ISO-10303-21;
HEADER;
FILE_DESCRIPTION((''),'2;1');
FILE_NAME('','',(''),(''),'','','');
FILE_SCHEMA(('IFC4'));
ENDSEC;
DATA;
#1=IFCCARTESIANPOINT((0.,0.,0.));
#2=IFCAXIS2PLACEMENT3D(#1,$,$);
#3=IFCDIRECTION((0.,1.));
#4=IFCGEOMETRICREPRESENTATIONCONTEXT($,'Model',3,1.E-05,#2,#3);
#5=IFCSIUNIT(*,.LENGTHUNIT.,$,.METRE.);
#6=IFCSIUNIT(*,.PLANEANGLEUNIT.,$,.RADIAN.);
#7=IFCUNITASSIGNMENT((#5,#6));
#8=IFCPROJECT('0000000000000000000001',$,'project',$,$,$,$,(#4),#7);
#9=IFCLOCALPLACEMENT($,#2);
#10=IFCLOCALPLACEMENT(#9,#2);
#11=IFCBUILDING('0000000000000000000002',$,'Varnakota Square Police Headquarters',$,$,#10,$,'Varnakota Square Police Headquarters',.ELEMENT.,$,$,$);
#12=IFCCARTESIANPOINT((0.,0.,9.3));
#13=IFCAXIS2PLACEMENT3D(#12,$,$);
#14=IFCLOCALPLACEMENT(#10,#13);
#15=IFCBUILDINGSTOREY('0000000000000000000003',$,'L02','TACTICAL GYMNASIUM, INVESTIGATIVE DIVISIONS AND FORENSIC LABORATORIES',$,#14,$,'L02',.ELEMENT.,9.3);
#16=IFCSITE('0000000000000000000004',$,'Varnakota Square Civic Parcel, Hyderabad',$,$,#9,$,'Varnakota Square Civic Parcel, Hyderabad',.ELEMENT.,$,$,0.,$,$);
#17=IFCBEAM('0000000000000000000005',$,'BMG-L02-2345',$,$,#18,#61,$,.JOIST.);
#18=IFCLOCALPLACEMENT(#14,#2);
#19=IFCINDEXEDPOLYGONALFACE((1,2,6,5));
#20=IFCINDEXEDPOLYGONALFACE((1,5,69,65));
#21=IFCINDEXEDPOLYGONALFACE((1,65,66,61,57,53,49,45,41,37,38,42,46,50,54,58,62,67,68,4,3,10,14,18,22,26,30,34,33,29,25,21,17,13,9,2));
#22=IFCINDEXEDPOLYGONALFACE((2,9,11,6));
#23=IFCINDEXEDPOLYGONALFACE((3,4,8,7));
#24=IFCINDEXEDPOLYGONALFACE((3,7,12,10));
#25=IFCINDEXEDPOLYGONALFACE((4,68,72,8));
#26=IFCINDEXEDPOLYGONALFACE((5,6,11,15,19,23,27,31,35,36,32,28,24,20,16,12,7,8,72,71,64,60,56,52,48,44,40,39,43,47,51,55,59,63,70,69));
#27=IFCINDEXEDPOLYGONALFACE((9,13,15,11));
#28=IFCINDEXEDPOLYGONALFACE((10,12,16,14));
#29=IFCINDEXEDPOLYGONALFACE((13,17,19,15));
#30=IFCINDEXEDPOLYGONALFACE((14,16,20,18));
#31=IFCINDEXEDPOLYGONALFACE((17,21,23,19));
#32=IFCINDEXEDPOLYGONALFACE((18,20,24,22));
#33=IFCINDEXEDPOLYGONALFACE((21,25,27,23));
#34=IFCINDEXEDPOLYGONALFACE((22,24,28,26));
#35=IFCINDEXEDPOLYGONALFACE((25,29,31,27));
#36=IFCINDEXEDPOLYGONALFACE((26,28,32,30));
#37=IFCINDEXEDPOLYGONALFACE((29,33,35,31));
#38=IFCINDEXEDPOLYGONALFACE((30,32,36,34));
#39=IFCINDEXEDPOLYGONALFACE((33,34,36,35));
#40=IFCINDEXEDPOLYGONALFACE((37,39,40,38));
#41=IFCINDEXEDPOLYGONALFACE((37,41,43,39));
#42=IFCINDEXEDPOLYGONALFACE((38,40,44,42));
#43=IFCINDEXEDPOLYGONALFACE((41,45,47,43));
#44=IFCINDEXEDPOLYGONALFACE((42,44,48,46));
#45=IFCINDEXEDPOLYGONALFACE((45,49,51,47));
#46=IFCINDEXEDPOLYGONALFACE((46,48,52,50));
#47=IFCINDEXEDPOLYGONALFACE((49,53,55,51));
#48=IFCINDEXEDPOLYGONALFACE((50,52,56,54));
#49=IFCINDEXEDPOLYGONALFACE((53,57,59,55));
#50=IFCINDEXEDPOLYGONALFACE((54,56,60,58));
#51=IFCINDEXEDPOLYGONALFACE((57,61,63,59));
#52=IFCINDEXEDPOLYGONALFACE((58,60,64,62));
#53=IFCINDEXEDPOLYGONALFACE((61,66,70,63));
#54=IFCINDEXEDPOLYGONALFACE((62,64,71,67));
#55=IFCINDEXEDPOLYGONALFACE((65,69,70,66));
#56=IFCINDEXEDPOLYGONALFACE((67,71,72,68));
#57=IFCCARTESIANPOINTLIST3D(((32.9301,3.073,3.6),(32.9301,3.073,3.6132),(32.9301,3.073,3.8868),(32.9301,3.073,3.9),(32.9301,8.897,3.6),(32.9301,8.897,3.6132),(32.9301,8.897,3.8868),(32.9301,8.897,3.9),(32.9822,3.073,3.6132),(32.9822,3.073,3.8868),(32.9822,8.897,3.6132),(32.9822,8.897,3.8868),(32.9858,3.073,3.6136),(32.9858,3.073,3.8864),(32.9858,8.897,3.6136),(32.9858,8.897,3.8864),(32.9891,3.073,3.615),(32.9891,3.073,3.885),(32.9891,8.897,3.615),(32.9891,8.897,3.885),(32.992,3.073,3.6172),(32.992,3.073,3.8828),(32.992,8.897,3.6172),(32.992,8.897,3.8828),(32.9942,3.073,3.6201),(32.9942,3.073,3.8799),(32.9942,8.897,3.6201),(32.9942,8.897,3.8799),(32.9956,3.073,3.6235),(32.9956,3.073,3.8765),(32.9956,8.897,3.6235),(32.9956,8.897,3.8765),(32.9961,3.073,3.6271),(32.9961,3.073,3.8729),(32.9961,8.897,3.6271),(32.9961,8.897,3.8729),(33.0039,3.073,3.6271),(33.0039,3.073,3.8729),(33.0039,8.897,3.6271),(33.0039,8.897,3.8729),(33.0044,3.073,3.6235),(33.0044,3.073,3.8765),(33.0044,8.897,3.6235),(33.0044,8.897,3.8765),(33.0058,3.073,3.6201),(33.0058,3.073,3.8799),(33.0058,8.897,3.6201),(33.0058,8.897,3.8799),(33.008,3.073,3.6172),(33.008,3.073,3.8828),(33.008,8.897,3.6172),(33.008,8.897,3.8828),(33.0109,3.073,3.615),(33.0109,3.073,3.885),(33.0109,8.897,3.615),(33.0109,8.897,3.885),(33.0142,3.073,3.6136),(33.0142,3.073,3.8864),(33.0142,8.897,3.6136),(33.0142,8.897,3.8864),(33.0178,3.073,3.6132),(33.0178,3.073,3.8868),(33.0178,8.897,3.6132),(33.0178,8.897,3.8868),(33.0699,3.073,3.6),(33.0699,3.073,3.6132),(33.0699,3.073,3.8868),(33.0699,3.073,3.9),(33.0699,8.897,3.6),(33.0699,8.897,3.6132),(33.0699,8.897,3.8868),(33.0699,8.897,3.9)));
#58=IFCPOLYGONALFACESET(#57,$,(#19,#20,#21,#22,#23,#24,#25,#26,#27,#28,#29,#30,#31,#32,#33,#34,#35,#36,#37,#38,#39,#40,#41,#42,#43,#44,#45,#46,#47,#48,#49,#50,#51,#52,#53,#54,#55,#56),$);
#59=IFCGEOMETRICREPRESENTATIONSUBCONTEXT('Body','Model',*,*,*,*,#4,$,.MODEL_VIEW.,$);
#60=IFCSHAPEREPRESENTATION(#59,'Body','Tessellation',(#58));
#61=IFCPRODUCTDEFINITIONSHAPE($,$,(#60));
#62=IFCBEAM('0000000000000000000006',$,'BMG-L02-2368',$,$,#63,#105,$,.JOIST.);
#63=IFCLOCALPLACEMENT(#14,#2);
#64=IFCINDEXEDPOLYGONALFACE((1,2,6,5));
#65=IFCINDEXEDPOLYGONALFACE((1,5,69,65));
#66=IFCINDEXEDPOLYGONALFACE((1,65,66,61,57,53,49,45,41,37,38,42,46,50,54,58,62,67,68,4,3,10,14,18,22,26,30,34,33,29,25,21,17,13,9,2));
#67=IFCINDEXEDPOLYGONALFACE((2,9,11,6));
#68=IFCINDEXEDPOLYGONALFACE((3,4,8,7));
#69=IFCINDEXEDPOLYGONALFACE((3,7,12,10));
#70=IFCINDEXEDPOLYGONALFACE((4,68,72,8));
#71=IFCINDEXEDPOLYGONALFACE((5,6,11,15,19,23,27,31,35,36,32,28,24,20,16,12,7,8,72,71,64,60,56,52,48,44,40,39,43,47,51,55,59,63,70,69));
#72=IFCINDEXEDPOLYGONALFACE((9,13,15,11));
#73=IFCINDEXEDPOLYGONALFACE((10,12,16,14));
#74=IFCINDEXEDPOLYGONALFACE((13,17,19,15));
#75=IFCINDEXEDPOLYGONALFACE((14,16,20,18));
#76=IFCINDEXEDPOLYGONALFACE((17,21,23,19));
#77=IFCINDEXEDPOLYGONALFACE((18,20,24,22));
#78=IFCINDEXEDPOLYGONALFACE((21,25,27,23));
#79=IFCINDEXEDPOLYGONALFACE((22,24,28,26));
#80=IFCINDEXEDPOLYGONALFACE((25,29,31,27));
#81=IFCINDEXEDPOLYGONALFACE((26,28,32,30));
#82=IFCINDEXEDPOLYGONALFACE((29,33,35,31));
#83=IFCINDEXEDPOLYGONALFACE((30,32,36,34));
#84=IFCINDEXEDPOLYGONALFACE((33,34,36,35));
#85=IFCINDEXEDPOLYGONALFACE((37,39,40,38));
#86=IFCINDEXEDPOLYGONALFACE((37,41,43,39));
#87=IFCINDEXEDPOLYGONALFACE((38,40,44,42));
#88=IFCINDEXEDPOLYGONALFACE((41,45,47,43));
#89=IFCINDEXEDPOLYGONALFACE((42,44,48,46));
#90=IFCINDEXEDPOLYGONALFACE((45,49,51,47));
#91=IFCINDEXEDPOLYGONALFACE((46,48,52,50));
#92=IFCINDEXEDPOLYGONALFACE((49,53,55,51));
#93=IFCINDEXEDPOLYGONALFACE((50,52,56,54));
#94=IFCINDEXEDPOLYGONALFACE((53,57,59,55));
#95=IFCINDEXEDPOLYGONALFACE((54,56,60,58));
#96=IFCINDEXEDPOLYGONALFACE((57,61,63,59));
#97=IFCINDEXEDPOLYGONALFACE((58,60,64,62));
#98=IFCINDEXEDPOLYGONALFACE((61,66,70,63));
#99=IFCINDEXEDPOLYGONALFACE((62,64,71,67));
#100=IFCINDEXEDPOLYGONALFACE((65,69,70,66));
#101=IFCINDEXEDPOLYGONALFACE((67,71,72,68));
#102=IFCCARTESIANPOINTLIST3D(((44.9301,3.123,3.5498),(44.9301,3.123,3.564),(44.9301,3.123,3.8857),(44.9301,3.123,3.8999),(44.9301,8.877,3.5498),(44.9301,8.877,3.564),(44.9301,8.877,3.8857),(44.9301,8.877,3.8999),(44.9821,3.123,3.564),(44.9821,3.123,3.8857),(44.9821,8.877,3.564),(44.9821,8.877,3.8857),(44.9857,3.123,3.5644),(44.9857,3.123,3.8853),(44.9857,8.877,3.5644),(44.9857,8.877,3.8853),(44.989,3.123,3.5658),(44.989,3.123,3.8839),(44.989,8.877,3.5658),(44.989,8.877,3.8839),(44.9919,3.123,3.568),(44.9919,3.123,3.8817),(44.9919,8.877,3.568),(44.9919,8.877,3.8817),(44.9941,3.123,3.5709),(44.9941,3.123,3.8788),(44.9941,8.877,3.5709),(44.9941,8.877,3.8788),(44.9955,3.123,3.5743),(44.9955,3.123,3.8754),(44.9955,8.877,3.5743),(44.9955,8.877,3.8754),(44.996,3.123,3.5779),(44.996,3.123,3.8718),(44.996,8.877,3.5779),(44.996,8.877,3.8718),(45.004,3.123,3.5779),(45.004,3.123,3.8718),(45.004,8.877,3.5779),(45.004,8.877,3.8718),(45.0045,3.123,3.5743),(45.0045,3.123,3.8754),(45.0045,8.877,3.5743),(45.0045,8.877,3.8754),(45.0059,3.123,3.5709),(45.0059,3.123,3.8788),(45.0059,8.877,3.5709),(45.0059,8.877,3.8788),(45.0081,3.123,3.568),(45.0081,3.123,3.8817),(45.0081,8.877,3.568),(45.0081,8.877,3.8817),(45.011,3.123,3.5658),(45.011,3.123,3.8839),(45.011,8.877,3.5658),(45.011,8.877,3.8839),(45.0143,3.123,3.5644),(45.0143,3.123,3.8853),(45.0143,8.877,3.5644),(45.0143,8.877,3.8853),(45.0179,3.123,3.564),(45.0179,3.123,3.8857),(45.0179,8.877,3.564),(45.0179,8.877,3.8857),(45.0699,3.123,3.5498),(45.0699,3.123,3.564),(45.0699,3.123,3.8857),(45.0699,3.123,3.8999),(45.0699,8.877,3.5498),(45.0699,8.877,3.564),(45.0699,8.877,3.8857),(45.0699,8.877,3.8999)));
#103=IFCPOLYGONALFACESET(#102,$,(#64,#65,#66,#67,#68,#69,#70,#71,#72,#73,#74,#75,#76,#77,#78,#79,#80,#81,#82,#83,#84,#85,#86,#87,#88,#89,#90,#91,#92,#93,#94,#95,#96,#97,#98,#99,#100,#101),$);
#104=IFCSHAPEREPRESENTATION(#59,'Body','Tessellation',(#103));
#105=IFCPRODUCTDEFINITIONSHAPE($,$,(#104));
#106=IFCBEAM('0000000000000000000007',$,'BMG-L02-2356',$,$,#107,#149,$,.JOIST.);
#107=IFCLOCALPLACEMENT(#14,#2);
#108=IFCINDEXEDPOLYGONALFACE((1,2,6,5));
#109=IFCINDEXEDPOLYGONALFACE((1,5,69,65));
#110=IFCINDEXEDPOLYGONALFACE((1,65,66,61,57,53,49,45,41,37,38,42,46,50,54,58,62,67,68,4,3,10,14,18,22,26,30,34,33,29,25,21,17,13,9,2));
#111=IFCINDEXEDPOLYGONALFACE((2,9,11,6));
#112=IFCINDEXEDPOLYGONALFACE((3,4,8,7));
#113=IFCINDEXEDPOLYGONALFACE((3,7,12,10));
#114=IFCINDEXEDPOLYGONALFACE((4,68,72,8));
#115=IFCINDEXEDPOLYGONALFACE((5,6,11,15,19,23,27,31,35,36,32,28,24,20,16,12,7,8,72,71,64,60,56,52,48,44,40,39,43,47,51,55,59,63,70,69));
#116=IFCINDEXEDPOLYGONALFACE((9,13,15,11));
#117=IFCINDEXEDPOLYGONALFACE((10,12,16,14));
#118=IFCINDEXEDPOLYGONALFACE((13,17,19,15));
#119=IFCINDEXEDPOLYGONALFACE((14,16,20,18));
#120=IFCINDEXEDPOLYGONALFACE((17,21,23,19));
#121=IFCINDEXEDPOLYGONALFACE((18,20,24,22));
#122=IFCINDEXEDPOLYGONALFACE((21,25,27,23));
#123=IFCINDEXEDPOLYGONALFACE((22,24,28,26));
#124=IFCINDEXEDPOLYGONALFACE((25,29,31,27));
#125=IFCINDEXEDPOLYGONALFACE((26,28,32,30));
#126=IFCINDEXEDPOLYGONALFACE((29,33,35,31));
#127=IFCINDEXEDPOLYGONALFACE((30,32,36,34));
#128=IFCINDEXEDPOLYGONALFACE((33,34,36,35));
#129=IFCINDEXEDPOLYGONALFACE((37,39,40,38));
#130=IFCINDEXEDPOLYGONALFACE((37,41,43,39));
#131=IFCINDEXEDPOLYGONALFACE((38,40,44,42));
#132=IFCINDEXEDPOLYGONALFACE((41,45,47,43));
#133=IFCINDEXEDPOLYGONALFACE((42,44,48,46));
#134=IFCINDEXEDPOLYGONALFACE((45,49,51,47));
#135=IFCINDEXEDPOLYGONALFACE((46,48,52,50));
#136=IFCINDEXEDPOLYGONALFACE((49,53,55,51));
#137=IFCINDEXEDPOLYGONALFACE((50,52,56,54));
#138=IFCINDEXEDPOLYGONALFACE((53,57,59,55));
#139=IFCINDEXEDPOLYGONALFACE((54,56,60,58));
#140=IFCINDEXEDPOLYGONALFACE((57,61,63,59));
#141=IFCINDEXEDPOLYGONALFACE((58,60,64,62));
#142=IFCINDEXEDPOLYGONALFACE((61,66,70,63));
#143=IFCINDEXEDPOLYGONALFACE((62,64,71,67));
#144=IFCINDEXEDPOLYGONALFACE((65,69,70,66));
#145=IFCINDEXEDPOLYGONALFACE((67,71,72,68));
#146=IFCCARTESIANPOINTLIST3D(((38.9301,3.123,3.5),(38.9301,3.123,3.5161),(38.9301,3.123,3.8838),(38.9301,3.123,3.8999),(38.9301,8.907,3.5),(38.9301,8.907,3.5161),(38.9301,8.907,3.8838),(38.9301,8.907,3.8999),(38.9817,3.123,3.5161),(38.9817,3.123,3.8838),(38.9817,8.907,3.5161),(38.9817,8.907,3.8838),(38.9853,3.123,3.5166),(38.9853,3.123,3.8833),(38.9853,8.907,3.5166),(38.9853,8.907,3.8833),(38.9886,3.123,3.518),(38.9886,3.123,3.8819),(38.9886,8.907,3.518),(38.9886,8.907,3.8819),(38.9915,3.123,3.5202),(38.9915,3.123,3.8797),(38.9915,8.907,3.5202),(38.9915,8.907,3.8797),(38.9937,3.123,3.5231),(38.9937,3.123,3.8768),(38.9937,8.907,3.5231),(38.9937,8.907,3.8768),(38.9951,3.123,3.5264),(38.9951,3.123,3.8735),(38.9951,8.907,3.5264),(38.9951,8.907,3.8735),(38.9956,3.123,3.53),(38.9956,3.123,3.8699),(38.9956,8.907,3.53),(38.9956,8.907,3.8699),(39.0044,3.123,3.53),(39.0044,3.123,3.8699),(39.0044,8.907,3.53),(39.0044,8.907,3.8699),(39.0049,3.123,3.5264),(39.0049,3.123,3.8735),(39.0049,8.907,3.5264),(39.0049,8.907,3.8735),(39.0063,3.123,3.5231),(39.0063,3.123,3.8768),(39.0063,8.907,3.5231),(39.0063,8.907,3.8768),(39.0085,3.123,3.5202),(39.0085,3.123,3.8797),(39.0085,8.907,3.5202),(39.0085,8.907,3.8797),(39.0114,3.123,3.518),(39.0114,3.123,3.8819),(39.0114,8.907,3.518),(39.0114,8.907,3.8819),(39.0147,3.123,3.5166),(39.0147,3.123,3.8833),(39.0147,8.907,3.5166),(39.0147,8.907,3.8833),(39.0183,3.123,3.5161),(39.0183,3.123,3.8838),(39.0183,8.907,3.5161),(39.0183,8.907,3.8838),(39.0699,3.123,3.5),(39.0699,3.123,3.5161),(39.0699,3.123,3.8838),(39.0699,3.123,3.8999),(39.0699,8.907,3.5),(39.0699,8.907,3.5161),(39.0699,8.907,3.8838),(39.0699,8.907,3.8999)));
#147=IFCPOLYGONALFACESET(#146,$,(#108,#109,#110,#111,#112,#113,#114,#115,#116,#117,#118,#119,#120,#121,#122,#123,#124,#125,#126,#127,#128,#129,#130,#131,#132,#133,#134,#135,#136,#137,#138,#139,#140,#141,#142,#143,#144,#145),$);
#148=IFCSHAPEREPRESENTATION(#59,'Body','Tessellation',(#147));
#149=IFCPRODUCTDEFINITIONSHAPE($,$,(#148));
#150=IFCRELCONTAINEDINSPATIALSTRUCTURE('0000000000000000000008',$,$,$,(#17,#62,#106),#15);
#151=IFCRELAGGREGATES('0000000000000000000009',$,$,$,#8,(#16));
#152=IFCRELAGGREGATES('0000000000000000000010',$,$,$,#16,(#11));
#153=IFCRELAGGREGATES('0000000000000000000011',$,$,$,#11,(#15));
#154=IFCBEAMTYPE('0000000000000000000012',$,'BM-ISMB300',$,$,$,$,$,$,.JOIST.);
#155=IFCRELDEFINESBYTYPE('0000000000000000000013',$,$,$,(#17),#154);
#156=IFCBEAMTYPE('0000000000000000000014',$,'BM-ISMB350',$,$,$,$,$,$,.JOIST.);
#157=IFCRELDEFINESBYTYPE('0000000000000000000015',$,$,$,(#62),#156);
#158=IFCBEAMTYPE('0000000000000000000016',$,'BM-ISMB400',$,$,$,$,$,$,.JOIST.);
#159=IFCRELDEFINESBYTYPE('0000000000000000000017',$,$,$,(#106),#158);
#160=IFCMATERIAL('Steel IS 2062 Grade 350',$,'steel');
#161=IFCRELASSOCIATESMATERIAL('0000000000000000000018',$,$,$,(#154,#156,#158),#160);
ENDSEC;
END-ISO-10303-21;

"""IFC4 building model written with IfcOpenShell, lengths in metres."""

from ifc_helpers import new_model, si_unit, direction, frame, origin, origin_2d, place, context, subcontext, project, spatial, i_section, extrude, material, material_profile, profile_set, type_object, element, save


model = new_model("IFC4")

# Units and contexts
model_context = context("Model", 3, precision=1e-05, world=origin(), true_north=direction((0.0, 1.0)))
body_context = subcontext(model_context, "Body", "Model", "MODEL_VIEW")
ifc_project = project(units=[si_unit("LENGTHUNIT", "METRE"), si_unit("PLANEANGLEUNIT", "RADIAN")], contexts=[model_context])

# Site, building, storey
site_placement = place(None, origin())
site = spatial("IfcSite", under=ifc_project, at=site_placement, Name="Varnakota Square Civic Parcel, Hyderabad", LongName="Varnakota Square Civic Parcel, Hyderabad", CompositionType="ELEMENT", RefElevation=0.0)
building_placement = place(site_placement, origin())
building = spatial("IfcBuilding", under=site, at=building_placement, Name="Varnakota Square Police Headquarters", LongName="Varnakota Square Police Headquarters", CompositionType="ELEMENT")
storey_placement = place(building_placement, frame((0.0, 0.0, 9.3)))
storey = spatial("IfcBuildingStorey", under=building, at=storey_placement, Name="L02", Description="TACTICAL GYMNASIUM, INVESTIGATIVE DIVISIONS AND FORENSIC LABORATORIES", LongName="L02", CompositionType="ELEMENT", Elevation=9.3)

# Shared definitions
ifc_material_1 = material(Name="Steel IS 2062 Grade 350", Category="steel")

# Beams
ifc_material_profile_1 = material_profile(ifc_material_1, i_section(OverallWidth=0.1399, OverallDepth=0.3, WebThickness=0.0078, FlangeThickness=0.0132, FilletRadius=0.0139, at=origin_2d()), Name="ISMB 300")
ifc_profile_set_1 = profile_set([ifc_material_profile_1], Name="Steel IS 2062 Grade 350")
beam_type_1 = type_object("IfcBeamType", Name="BM-ISMB300", PredefinedType="JOIST", material=ifc_profile_set_1)
beam_1_placement = place(storey_placement, frame((33.0, 3.073, 3.75), z_axis=(0.0, 1.0, 0.0), x_axis=(-1.0, 0.0, 0.0)))
element("IfcBeam", 1, at=beam_1_placement, inside=storey, type_object=beam_type_1, Name="BMG-L02-2345", PredefinedType="JOIST", context=body_context, shape_type="SweptSolid", body=[
    extrude(i_section(OverallWidth=0.1399, OverallDepth=0.3, WebThickness=0.0078, FlangeThickness=0.0132, FilletRadius=0.0139, at=origin_2d()), origin(), (0.0, 0.0, 1.0), 5.824),
])
ifc_material_profile_2 = material_profile(ifc_material_1, i_section(OverallWidth=0.1399, OverallDepth=0.3501, WebThickness=0.0081, FlangeThickness=0.0142, FilletRadius=0.0139, at=origin_2d()), Name="ISMB 350")
ifc_profile_set_2 = profile_set([ifc_material_profile_2], Name="Steel IS 2062 Grade 350")
beam_type_2 = type_object("IfcBeamType", Name="BM-ISMB350", PredefinedType="JOIST", material=ifc_profile_set_2)
beam_2_placement = place(storey_placement, frame((45.0, 3.123, 3.7249), z_axis=(0.0, 1.0, 0.0), x_axis=(-1.0, 0.0, 0.0)))
element("IfcBeam", 2, at=beam_2_placement, inside=storey, type_object=beam_type_2, Name="BMG-L02-2368", PredefinedType="JOIST", context=body_context, shape_type="SweptSolid", body=[
    extrude(i_section(OverallWidth=0.1399, OverallDepth=0.3501, WebThickness=0.0081, FlangeThickness=0.0142, FilletRadius=0.0139, at=origin_2d()), origin(), (0.0, 0.0, 1.0), 5.7539),
])
ifc_material_profile_3 = material_profile(ifc_material_1, i_section(OverallWidth=0.1399, OverallDepth=0.3999, WebThickness=0.0088, FlangeThickness=0.0161, FilletRadius=0.0139, at=origin_2d()), Name="ISMB 400")
ifc_profile_set_3 = profile_set([ifc_material_profile_3], Name="Steel IS 2062 Grade 350")
beam_type_3 = type_object("IfcBeamType", Name="BM-ISMB400", PredefinedType="JOIST", material=ifc_profile_set_3)
beam_3_placement = place(storey_placement, frame((39.0, 3.123, 3.7), z_axis=(0.0, 1.0, 0.0), x_axis=(-1.0, 0.0, 0.0)))
element("IfcBeam", 3, at=beam_3_placement, inside=storey, type_object=beam_type_3, Name="BMG-L02-2356", PredefinedType="JOIST", context=body_context, shape_type="SweptSolid", body=[
    extrude(i_section(OverallWidth=0.1399, OverallDepth=0.3999, WebThickness=0.0088, FlangeThickness=0.0161, FilletRadius=0.0139, at=origin_2d()), origin(), (0.0, 0.0, 1.0), 5.7839),
])

save(model, "model.ifc")
